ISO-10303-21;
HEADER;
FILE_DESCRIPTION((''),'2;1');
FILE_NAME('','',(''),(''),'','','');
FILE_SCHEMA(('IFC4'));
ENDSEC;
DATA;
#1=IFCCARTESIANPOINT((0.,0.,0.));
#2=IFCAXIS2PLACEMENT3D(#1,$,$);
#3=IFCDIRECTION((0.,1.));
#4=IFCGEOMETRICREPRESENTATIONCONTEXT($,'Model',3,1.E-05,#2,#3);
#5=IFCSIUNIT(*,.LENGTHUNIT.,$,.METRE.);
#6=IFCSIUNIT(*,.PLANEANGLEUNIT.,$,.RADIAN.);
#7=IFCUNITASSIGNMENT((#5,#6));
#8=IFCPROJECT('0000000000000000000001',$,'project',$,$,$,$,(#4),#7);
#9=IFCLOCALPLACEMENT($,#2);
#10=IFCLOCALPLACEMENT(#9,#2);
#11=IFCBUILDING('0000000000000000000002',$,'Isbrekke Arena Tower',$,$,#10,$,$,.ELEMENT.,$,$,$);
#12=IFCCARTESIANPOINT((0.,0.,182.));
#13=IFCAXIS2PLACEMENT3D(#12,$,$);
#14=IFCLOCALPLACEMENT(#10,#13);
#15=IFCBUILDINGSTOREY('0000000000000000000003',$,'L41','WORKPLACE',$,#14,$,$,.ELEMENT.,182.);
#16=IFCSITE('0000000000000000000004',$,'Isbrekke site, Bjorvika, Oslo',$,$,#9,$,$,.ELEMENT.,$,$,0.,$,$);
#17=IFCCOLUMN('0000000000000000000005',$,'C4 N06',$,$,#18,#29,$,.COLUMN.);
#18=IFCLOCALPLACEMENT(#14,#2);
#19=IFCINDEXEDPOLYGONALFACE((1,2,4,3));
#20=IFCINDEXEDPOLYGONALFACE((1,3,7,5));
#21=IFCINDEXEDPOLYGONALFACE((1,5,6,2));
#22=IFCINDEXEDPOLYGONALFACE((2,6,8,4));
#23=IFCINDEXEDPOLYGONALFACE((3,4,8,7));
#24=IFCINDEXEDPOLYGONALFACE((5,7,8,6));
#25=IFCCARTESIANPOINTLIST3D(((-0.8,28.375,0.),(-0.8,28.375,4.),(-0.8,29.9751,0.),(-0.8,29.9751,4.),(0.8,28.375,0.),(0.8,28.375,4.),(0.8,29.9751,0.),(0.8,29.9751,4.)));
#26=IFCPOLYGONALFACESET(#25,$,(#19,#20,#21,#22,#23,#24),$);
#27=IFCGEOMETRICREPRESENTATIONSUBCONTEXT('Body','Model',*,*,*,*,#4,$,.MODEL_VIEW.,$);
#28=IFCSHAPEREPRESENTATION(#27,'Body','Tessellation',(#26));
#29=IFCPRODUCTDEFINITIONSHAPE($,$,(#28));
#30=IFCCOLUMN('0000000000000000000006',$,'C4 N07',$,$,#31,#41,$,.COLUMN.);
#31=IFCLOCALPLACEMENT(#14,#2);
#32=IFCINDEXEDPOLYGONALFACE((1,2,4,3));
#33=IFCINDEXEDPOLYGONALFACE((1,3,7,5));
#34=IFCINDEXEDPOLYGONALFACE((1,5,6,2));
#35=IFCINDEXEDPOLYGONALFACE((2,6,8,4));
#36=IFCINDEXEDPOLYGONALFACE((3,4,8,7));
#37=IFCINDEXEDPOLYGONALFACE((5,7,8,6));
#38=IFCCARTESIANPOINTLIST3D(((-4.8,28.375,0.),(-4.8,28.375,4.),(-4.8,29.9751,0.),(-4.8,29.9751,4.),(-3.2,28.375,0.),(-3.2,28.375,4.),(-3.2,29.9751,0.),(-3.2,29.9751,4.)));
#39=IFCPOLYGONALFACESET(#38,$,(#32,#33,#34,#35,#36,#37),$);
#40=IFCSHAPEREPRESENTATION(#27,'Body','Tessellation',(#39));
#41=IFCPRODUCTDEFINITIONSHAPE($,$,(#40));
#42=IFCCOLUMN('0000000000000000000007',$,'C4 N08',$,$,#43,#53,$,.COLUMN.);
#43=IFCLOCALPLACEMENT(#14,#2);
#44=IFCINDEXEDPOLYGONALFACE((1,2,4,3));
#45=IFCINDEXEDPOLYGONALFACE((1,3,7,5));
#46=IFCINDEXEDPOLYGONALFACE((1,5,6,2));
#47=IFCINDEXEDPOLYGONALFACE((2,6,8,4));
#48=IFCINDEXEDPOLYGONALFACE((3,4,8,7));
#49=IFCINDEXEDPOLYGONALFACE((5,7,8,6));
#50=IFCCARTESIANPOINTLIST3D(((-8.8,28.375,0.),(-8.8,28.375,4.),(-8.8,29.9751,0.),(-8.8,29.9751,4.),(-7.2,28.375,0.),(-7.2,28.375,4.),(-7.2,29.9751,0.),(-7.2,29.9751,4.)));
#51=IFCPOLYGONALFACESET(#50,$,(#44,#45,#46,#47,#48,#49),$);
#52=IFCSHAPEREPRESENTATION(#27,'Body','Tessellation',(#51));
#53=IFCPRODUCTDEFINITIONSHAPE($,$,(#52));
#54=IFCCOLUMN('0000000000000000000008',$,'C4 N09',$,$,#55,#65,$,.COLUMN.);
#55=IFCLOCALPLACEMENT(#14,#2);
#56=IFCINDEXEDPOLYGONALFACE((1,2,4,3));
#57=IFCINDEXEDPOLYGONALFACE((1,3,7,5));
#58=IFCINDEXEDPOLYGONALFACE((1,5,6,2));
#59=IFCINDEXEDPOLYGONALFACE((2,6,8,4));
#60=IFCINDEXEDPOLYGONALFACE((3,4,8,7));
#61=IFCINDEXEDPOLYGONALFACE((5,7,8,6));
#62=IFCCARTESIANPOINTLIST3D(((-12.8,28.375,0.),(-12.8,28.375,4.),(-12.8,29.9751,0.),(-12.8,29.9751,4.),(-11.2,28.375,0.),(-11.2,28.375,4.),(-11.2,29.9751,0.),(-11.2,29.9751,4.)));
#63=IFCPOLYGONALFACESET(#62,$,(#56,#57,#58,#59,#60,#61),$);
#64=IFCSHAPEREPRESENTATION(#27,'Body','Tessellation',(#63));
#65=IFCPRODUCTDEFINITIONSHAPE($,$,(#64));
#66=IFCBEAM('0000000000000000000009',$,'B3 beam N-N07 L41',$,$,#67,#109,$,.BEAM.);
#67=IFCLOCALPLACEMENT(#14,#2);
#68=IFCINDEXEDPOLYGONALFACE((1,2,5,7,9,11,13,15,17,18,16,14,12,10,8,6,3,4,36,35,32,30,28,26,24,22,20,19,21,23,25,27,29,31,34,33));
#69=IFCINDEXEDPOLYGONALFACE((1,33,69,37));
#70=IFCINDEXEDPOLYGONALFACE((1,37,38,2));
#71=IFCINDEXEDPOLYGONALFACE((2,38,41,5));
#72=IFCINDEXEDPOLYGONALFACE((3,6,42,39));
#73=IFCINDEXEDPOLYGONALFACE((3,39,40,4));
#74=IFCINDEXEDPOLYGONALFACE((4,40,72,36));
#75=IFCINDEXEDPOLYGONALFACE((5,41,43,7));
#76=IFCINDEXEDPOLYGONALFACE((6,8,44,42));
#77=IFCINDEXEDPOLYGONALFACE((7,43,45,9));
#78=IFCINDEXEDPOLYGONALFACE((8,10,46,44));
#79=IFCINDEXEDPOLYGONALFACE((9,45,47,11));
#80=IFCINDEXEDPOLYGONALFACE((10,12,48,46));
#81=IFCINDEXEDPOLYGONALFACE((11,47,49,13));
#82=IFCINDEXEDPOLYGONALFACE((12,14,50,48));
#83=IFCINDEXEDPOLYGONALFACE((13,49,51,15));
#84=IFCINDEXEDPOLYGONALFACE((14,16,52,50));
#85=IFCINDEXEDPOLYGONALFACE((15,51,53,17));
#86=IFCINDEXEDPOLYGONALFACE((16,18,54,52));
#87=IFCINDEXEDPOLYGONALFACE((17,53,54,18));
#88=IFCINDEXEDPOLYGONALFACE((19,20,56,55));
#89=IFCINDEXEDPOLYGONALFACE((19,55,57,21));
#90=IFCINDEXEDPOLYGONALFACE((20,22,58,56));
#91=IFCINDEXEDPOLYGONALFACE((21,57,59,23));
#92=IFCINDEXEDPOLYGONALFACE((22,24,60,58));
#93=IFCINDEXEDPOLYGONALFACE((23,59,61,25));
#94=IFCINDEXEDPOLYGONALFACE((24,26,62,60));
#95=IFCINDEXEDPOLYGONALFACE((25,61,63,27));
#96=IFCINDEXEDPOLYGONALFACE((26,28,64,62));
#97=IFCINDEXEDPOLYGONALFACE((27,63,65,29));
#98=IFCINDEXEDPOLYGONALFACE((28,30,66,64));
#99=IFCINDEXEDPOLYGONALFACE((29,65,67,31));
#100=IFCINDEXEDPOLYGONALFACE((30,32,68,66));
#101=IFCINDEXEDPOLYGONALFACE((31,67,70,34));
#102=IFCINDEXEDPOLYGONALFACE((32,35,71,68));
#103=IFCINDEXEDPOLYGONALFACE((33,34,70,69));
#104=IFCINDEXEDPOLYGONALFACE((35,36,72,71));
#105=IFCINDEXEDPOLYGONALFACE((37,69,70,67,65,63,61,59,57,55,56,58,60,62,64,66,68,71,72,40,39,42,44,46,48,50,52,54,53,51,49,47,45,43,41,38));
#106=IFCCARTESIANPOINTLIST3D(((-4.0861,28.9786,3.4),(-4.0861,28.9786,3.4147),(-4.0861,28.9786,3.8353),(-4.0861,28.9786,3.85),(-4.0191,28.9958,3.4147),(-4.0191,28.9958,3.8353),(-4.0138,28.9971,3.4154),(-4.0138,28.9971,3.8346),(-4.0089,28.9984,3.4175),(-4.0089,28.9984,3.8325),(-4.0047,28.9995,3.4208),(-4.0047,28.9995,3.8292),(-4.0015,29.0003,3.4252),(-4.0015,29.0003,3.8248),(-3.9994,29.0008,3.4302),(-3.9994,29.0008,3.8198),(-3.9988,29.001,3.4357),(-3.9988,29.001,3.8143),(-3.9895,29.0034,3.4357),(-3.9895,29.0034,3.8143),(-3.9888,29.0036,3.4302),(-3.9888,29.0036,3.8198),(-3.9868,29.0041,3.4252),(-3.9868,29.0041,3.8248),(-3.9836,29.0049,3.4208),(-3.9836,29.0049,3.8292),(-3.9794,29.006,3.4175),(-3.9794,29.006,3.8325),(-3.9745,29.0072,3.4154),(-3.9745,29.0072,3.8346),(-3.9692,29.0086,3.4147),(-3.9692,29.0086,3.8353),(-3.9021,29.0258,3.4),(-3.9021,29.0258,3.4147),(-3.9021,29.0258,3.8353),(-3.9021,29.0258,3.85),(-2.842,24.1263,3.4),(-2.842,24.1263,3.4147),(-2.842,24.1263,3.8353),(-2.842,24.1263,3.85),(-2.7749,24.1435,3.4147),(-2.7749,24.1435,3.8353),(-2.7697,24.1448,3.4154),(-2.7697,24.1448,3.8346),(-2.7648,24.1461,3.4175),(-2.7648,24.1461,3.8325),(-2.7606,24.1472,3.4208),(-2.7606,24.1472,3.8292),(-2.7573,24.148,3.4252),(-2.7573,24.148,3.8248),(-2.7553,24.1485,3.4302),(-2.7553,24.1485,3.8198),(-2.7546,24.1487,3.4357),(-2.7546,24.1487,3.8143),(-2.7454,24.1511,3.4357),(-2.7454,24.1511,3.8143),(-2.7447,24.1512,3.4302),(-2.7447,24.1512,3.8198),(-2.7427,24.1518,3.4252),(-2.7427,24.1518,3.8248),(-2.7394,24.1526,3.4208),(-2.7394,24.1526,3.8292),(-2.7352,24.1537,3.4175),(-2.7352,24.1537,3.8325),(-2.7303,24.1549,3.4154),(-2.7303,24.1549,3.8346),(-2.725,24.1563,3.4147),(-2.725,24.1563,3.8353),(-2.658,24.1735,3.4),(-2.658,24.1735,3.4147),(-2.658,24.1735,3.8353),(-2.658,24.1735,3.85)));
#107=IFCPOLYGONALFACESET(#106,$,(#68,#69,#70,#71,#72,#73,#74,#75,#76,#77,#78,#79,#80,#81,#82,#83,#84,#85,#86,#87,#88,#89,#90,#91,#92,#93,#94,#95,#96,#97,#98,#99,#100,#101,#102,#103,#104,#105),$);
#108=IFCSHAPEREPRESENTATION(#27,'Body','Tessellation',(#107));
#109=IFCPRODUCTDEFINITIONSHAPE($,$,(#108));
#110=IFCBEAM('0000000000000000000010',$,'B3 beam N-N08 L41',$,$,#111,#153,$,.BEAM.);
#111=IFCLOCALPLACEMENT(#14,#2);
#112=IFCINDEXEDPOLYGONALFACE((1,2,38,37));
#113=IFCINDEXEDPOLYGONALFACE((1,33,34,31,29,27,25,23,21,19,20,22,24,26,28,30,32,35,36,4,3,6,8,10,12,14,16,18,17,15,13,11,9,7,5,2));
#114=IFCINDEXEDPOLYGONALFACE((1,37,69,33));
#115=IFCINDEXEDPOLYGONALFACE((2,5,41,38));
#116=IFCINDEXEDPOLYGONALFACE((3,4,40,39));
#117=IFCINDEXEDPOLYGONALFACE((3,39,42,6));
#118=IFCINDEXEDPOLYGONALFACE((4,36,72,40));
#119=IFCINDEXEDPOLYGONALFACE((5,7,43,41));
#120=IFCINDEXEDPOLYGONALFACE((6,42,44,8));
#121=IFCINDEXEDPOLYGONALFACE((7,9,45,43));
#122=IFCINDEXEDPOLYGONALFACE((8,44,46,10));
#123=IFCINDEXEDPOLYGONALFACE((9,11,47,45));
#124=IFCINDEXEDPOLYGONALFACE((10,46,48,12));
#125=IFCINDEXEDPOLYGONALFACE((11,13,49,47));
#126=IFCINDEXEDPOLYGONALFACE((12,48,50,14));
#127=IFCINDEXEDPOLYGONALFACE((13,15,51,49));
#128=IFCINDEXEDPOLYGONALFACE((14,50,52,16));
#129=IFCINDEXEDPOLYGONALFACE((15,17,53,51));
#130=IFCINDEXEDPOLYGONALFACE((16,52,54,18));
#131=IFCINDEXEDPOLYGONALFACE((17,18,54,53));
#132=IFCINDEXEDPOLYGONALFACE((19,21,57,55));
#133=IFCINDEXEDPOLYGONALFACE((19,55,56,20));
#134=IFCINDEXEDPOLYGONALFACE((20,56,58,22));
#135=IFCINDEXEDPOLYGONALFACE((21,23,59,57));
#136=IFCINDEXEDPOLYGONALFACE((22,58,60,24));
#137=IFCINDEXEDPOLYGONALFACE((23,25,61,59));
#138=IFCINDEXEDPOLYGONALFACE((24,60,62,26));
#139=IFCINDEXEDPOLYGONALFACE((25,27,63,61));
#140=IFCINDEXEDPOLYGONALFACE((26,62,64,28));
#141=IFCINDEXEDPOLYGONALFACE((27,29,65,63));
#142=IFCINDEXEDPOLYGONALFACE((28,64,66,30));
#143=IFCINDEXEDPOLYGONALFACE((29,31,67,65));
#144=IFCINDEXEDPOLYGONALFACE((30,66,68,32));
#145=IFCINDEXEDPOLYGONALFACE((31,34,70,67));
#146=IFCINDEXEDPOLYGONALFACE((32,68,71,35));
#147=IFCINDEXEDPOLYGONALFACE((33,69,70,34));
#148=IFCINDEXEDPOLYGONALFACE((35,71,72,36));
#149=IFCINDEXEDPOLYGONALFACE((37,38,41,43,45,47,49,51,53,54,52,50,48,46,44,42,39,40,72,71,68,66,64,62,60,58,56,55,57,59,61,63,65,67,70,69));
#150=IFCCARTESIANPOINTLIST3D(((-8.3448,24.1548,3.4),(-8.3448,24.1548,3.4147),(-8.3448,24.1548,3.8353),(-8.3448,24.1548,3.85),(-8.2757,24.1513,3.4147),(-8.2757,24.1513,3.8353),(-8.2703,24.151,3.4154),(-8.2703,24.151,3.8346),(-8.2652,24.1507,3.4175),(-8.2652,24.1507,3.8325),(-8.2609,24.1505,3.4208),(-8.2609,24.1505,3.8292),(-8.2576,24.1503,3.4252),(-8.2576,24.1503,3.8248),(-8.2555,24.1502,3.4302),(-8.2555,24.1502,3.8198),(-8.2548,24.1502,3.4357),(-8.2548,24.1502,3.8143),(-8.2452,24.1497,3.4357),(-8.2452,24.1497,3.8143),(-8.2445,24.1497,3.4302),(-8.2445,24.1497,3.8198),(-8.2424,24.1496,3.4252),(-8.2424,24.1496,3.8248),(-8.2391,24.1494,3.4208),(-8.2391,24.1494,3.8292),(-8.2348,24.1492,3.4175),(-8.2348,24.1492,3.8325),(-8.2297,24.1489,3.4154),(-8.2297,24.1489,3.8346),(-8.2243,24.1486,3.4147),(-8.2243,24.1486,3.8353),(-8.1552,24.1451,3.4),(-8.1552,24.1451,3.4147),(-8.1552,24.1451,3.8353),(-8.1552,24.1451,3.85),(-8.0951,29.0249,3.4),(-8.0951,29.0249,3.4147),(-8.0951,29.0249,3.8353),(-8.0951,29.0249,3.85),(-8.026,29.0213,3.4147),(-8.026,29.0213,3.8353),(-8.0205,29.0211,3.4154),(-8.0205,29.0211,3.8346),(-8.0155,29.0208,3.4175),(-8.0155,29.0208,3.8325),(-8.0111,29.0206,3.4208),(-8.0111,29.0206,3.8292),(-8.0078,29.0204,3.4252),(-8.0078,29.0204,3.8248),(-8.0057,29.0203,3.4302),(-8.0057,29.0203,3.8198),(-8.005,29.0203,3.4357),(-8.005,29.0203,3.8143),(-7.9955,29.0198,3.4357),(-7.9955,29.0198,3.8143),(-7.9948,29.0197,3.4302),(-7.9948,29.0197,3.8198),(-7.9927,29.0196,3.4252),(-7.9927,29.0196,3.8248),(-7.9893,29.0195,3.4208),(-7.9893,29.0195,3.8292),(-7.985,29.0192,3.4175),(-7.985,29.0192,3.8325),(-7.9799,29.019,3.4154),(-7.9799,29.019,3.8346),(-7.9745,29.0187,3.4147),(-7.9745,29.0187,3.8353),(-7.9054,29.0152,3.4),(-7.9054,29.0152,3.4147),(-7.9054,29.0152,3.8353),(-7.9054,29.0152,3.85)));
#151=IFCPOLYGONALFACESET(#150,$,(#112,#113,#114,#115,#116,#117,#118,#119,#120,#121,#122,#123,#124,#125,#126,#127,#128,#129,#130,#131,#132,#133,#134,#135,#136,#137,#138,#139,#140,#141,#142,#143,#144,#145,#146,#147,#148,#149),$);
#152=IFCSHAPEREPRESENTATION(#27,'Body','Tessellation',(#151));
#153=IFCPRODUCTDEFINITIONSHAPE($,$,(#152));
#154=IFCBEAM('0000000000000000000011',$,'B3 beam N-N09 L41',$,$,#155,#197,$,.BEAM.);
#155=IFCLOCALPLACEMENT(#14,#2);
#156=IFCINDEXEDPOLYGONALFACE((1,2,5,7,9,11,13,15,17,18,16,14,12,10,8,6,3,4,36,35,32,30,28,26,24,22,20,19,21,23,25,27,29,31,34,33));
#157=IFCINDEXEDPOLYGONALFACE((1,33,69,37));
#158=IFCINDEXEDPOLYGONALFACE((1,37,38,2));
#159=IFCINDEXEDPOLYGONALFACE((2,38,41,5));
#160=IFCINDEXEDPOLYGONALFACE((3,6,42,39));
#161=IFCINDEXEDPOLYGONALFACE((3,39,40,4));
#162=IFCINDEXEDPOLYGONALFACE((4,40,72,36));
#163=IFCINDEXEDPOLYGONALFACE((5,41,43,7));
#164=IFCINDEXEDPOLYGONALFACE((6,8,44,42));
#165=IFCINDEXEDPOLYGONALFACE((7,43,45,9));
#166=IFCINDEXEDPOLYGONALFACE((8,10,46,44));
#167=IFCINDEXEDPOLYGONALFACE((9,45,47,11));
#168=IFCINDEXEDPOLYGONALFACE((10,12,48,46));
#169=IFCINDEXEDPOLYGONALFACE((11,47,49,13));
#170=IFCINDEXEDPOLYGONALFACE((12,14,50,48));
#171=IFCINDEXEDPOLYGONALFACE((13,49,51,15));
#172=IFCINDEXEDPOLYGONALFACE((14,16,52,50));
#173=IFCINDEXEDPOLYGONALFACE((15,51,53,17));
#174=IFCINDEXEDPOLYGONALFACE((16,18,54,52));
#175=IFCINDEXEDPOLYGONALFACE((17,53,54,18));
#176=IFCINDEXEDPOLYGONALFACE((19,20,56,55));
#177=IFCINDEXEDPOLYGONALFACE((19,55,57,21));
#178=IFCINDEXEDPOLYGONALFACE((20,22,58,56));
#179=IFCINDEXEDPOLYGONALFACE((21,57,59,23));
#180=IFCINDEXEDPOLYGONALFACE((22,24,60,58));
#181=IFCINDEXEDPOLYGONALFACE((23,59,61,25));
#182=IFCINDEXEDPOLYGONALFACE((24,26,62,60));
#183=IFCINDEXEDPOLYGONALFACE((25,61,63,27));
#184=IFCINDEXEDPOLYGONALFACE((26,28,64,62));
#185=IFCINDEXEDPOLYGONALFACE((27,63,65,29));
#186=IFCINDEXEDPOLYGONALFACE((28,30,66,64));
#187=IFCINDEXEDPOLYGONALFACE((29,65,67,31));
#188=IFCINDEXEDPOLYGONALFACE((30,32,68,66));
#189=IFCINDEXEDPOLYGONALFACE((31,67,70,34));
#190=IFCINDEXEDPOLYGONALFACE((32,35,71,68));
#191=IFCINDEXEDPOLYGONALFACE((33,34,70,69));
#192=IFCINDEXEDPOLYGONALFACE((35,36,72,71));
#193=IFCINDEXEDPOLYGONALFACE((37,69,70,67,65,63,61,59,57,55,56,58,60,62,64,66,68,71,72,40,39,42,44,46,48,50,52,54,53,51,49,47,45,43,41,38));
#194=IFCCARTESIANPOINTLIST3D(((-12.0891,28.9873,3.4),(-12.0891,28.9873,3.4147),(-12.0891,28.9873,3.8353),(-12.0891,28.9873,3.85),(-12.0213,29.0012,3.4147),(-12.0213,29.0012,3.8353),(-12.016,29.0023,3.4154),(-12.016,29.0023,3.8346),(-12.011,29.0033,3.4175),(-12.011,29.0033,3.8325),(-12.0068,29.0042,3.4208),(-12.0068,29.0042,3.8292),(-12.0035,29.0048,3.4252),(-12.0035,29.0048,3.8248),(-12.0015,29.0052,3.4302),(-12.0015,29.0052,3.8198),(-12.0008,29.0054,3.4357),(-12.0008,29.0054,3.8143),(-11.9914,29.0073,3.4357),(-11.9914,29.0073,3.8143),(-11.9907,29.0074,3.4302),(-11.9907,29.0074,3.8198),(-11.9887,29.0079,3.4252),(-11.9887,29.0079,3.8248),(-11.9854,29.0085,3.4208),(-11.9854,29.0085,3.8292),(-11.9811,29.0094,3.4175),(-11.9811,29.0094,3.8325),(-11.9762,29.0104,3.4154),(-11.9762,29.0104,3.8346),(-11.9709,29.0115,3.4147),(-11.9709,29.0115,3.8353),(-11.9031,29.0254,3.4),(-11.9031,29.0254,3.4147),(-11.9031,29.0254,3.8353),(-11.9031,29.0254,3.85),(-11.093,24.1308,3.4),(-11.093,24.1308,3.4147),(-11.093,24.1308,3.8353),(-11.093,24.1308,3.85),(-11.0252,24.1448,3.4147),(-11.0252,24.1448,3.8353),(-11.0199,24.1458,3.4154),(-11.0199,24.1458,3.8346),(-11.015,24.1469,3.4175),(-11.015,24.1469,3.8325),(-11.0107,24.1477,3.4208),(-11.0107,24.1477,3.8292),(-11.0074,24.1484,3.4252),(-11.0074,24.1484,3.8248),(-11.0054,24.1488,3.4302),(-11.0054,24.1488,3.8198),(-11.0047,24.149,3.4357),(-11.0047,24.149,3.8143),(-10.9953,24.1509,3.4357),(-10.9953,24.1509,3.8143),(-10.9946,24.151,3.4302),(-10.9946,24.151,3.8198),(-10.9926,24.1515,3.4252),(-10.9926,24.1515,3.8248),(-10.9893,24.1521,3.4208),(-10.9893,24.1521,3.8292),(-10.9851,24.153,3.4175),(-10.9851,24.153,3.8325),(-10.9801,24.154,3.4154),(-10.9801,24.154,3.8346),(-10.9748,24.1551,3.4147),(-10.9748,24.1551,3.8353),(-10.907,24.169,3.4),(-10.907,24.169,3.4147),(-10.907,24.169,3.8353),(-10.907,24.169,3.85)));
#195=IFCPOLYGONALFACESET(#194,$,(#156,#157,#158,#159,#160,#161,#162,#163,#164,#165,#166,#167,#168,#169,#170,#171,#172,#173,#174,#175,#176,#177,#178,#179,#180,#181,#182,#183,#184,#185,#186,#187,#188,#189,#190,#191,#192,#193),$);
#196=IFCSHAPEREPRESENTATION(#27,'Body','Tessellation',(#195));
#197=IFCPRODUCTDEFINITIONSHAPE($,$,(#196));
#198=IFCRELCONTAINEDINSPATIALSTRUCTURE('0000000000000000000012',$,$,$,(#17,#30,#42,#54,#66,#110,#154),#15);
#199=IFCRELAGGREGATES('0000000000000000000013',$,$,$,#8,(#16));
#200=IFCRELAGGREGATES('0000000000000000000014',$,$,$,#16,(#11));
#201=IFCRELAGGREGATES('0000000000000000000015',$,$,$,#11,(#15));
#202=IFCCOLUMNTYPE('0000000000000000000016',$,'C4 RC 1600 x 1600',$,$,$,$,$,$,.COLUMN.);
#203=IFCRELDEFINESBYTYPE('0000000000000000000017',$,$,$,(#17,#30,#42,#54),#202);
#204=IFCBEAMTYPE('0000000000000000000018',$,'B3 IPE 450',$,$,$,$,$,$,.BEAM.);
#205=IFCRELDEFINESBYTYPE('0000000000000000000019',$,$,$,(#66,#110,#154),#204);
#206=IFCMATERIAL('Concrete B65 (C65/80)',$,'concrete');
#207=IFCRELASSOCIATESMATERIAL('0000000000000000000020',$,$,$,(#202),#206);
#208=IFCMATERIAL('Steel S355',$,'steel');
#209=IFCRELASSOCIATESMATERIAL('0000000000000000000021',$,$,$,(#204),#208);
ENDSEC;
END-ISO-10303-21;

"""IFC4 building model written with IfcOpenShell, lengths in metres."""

from ifc_helpers import new_model, si_unit, direction, frame, origin, origin_2d, place, context, subcontext, project, spatial, rectangle, i_section, extrude, material, material_profile, profile_set, type_object, element, save


model = new_model("IFC4")

# Units and contexts
model_context = context("Model", 3, precision=1e-05, world=origin(), true_north=direction((0.0, 1.0)))
body_context = subcontext(model_context, "Body", "Model", "MODEL_VIEW")
ifc_project = project(units=[si_unit("LENGTHUNIT", "METRE"), si_unit("PLANEANGLEUNIT", "RADIAN")], contexts=[model_context])

# Site, building, storey
site_placement = place(None, origin())
site = spatial("IfcSite", under=ifc_project, at=site_placement, Name="Isbrekke site, Bjorvika, Oslo", CompositionType="ELEMENT", RefElevation=0.0)
building_placement = place(site_placement, origin())
building = spatial("IfcBuilding", under=site, at=building_placement, Name="Isbrekke Arena Tower", CompositionType="ELEMENT")
storey_placement = place(building_placement, frame((0.0, 0.0, 182.0)))
storey = spatial("IfcBuildingStorey", under=building, at=storey_placement, Name="L41", Description="WORKPLACE", CompositionType="ELEMENT", Elevation=182.0)

# Columns
ifc_material_1 = material(Name="Concrete B65 (C65/80)", Category="concrete")
ifc_material_profile_1 = material_profile(ifc_material_1, rectangle(XDim=1.6001, YDim=1.6001, at=origin_2d()), Name="RC 1600x1600")
ifc_profile_set_1 = profile_set([ifc_material_profile_1], Name="Concrete B65 (C65/80)")
column_type = type_object("IfcColumnType", Name="C4 RC 1600 x 1600", PredefinedType="COLUMN", material=ifc_profile_set_1)
for number, where, z_axis, x_axis, name in (
    (1, (0.0, 29.175, 0.0), (0.0, 0.0, 1.0), (-1.0, 0.0, 0.0), "C4 N06"),
    (2, (-4.0, 29.175, 0.0), (0.0, 0.0, 1.0), (-1.0, 0.0, 0.0), "C4 N07"),
    (3, (-8.0, 29.175, 0.0), (0.0, 0.0, 1.0), (-1.0, 0.0, 0.0), "C4 N08"),
    (4, (-12.0, 29.175, 0.0), (0.0, 0.0, 1.0), (-1.0, 0.0, 0.0), "C4 N09"),
):
    element("IfcColumn", number, at=place(storey_placement, frame(where, z_axis=z_axis, x_axis=x_axis)), inside=storey, type_object=column_type, Name=name, PredefinedType="COLUMN", context=body_context, shape_type="SweptSolid", body=[
        extrude(rectangle(XDim=1.6001, YDim=1.6001, at=origin_2d()), origin(), (0.0, 0.0, 1.0), 4.0),
    ])

# Beams
ifc_material_2 = material(Name="Steel S355", Category="steel")
ifc_material_profile_2 = material_profile(ifc_material_2, i_section(OverallWidth=0.1899, OverallDepth=0.45, WebThickness=0.0095, FlangeThickness=0.0146, FilletRadius=0.021, at=origin_2d()), Name="IPE 450")
ifc_profile_set_2 = profile_set([ifc_material_profile_2], Name="Steel S355")
beam_type_1 = type_object("IfcBeamType", Name="B3 IPE 450", PredefinedType="BEAM", material=ifc_profile_set_2)
beam_1_placement = place(storey_placement, frame((-3.9941, 29.0022, 3.625), z_axis=(0.248368, -0.968666, 0.0), x_axis=(0.968666, 0.248368, 0.0)))
element("IfcBeam", 5, at=beam_1_placement, inside=storey, type_object=beam_type_1, Name="B3 beam N-N07 L41", PredefinedType="BEAM", context=body_context, shape_type="SweptSolid", body=[
    extrude(i_section(OverallWidth=0.1899, OverallDepth=0.45, WebThickness=0.0095, FlangeThickness=0.0146, FilletRadius=0.021, at=origin_2d()), origin(), (0.0, 0.0, 1.0), 5.0093),
])
beam_2_placement = place(storey_placement, frame((-8.0002, 29.02, 3.625), z_axis=(-0.051216, -0.998688, 0.0), x_axis=(0.998688, -0.051216, 0.0)))
element("IfcBeam", 6, at=beam_2_placement, inside=storey, type_object=beam_type_1, Name="B3 beam N-N08 L41", PredefinedType="BEAM", context=body_context, shape_type="SweptSolid", body=[
    extrude(i_section(OverallWidth=0.1899, OverallDepth=0.45, WebThickness=0.0095, FlangeThickness=0.0146, FilletRadius=0.021, at=origin_2d()), origin(), (0.0, 0.0, 1.0), 4.8765),
])
beam_3_placement = place(storey_placement, frame((-11.9961, 29.0063, 3.625), z_axis=(0.200925, -0.979607, 0.0), x_axis=(0.979607, 0.200925, 0.0)))
element("IfcBeam", 7, at=beam_3_placement, inside=storey, type_object=beam_type_1, Name="B3 beam N-N09 L41", PredefinedType="BEAM", context=body_context, shape_type="SweptSolid", body=[
    extrude(i_section(OverallWidth=0.1899, OverallDepth=0.45, WebThickness=0.0095, FlangeThickness=0.0146, FilletRadius=0.021, at=origin_2d()), origin(), (0.0, 0.0, 1.0), 4.9575),
])

save(model, "model.ifc")
